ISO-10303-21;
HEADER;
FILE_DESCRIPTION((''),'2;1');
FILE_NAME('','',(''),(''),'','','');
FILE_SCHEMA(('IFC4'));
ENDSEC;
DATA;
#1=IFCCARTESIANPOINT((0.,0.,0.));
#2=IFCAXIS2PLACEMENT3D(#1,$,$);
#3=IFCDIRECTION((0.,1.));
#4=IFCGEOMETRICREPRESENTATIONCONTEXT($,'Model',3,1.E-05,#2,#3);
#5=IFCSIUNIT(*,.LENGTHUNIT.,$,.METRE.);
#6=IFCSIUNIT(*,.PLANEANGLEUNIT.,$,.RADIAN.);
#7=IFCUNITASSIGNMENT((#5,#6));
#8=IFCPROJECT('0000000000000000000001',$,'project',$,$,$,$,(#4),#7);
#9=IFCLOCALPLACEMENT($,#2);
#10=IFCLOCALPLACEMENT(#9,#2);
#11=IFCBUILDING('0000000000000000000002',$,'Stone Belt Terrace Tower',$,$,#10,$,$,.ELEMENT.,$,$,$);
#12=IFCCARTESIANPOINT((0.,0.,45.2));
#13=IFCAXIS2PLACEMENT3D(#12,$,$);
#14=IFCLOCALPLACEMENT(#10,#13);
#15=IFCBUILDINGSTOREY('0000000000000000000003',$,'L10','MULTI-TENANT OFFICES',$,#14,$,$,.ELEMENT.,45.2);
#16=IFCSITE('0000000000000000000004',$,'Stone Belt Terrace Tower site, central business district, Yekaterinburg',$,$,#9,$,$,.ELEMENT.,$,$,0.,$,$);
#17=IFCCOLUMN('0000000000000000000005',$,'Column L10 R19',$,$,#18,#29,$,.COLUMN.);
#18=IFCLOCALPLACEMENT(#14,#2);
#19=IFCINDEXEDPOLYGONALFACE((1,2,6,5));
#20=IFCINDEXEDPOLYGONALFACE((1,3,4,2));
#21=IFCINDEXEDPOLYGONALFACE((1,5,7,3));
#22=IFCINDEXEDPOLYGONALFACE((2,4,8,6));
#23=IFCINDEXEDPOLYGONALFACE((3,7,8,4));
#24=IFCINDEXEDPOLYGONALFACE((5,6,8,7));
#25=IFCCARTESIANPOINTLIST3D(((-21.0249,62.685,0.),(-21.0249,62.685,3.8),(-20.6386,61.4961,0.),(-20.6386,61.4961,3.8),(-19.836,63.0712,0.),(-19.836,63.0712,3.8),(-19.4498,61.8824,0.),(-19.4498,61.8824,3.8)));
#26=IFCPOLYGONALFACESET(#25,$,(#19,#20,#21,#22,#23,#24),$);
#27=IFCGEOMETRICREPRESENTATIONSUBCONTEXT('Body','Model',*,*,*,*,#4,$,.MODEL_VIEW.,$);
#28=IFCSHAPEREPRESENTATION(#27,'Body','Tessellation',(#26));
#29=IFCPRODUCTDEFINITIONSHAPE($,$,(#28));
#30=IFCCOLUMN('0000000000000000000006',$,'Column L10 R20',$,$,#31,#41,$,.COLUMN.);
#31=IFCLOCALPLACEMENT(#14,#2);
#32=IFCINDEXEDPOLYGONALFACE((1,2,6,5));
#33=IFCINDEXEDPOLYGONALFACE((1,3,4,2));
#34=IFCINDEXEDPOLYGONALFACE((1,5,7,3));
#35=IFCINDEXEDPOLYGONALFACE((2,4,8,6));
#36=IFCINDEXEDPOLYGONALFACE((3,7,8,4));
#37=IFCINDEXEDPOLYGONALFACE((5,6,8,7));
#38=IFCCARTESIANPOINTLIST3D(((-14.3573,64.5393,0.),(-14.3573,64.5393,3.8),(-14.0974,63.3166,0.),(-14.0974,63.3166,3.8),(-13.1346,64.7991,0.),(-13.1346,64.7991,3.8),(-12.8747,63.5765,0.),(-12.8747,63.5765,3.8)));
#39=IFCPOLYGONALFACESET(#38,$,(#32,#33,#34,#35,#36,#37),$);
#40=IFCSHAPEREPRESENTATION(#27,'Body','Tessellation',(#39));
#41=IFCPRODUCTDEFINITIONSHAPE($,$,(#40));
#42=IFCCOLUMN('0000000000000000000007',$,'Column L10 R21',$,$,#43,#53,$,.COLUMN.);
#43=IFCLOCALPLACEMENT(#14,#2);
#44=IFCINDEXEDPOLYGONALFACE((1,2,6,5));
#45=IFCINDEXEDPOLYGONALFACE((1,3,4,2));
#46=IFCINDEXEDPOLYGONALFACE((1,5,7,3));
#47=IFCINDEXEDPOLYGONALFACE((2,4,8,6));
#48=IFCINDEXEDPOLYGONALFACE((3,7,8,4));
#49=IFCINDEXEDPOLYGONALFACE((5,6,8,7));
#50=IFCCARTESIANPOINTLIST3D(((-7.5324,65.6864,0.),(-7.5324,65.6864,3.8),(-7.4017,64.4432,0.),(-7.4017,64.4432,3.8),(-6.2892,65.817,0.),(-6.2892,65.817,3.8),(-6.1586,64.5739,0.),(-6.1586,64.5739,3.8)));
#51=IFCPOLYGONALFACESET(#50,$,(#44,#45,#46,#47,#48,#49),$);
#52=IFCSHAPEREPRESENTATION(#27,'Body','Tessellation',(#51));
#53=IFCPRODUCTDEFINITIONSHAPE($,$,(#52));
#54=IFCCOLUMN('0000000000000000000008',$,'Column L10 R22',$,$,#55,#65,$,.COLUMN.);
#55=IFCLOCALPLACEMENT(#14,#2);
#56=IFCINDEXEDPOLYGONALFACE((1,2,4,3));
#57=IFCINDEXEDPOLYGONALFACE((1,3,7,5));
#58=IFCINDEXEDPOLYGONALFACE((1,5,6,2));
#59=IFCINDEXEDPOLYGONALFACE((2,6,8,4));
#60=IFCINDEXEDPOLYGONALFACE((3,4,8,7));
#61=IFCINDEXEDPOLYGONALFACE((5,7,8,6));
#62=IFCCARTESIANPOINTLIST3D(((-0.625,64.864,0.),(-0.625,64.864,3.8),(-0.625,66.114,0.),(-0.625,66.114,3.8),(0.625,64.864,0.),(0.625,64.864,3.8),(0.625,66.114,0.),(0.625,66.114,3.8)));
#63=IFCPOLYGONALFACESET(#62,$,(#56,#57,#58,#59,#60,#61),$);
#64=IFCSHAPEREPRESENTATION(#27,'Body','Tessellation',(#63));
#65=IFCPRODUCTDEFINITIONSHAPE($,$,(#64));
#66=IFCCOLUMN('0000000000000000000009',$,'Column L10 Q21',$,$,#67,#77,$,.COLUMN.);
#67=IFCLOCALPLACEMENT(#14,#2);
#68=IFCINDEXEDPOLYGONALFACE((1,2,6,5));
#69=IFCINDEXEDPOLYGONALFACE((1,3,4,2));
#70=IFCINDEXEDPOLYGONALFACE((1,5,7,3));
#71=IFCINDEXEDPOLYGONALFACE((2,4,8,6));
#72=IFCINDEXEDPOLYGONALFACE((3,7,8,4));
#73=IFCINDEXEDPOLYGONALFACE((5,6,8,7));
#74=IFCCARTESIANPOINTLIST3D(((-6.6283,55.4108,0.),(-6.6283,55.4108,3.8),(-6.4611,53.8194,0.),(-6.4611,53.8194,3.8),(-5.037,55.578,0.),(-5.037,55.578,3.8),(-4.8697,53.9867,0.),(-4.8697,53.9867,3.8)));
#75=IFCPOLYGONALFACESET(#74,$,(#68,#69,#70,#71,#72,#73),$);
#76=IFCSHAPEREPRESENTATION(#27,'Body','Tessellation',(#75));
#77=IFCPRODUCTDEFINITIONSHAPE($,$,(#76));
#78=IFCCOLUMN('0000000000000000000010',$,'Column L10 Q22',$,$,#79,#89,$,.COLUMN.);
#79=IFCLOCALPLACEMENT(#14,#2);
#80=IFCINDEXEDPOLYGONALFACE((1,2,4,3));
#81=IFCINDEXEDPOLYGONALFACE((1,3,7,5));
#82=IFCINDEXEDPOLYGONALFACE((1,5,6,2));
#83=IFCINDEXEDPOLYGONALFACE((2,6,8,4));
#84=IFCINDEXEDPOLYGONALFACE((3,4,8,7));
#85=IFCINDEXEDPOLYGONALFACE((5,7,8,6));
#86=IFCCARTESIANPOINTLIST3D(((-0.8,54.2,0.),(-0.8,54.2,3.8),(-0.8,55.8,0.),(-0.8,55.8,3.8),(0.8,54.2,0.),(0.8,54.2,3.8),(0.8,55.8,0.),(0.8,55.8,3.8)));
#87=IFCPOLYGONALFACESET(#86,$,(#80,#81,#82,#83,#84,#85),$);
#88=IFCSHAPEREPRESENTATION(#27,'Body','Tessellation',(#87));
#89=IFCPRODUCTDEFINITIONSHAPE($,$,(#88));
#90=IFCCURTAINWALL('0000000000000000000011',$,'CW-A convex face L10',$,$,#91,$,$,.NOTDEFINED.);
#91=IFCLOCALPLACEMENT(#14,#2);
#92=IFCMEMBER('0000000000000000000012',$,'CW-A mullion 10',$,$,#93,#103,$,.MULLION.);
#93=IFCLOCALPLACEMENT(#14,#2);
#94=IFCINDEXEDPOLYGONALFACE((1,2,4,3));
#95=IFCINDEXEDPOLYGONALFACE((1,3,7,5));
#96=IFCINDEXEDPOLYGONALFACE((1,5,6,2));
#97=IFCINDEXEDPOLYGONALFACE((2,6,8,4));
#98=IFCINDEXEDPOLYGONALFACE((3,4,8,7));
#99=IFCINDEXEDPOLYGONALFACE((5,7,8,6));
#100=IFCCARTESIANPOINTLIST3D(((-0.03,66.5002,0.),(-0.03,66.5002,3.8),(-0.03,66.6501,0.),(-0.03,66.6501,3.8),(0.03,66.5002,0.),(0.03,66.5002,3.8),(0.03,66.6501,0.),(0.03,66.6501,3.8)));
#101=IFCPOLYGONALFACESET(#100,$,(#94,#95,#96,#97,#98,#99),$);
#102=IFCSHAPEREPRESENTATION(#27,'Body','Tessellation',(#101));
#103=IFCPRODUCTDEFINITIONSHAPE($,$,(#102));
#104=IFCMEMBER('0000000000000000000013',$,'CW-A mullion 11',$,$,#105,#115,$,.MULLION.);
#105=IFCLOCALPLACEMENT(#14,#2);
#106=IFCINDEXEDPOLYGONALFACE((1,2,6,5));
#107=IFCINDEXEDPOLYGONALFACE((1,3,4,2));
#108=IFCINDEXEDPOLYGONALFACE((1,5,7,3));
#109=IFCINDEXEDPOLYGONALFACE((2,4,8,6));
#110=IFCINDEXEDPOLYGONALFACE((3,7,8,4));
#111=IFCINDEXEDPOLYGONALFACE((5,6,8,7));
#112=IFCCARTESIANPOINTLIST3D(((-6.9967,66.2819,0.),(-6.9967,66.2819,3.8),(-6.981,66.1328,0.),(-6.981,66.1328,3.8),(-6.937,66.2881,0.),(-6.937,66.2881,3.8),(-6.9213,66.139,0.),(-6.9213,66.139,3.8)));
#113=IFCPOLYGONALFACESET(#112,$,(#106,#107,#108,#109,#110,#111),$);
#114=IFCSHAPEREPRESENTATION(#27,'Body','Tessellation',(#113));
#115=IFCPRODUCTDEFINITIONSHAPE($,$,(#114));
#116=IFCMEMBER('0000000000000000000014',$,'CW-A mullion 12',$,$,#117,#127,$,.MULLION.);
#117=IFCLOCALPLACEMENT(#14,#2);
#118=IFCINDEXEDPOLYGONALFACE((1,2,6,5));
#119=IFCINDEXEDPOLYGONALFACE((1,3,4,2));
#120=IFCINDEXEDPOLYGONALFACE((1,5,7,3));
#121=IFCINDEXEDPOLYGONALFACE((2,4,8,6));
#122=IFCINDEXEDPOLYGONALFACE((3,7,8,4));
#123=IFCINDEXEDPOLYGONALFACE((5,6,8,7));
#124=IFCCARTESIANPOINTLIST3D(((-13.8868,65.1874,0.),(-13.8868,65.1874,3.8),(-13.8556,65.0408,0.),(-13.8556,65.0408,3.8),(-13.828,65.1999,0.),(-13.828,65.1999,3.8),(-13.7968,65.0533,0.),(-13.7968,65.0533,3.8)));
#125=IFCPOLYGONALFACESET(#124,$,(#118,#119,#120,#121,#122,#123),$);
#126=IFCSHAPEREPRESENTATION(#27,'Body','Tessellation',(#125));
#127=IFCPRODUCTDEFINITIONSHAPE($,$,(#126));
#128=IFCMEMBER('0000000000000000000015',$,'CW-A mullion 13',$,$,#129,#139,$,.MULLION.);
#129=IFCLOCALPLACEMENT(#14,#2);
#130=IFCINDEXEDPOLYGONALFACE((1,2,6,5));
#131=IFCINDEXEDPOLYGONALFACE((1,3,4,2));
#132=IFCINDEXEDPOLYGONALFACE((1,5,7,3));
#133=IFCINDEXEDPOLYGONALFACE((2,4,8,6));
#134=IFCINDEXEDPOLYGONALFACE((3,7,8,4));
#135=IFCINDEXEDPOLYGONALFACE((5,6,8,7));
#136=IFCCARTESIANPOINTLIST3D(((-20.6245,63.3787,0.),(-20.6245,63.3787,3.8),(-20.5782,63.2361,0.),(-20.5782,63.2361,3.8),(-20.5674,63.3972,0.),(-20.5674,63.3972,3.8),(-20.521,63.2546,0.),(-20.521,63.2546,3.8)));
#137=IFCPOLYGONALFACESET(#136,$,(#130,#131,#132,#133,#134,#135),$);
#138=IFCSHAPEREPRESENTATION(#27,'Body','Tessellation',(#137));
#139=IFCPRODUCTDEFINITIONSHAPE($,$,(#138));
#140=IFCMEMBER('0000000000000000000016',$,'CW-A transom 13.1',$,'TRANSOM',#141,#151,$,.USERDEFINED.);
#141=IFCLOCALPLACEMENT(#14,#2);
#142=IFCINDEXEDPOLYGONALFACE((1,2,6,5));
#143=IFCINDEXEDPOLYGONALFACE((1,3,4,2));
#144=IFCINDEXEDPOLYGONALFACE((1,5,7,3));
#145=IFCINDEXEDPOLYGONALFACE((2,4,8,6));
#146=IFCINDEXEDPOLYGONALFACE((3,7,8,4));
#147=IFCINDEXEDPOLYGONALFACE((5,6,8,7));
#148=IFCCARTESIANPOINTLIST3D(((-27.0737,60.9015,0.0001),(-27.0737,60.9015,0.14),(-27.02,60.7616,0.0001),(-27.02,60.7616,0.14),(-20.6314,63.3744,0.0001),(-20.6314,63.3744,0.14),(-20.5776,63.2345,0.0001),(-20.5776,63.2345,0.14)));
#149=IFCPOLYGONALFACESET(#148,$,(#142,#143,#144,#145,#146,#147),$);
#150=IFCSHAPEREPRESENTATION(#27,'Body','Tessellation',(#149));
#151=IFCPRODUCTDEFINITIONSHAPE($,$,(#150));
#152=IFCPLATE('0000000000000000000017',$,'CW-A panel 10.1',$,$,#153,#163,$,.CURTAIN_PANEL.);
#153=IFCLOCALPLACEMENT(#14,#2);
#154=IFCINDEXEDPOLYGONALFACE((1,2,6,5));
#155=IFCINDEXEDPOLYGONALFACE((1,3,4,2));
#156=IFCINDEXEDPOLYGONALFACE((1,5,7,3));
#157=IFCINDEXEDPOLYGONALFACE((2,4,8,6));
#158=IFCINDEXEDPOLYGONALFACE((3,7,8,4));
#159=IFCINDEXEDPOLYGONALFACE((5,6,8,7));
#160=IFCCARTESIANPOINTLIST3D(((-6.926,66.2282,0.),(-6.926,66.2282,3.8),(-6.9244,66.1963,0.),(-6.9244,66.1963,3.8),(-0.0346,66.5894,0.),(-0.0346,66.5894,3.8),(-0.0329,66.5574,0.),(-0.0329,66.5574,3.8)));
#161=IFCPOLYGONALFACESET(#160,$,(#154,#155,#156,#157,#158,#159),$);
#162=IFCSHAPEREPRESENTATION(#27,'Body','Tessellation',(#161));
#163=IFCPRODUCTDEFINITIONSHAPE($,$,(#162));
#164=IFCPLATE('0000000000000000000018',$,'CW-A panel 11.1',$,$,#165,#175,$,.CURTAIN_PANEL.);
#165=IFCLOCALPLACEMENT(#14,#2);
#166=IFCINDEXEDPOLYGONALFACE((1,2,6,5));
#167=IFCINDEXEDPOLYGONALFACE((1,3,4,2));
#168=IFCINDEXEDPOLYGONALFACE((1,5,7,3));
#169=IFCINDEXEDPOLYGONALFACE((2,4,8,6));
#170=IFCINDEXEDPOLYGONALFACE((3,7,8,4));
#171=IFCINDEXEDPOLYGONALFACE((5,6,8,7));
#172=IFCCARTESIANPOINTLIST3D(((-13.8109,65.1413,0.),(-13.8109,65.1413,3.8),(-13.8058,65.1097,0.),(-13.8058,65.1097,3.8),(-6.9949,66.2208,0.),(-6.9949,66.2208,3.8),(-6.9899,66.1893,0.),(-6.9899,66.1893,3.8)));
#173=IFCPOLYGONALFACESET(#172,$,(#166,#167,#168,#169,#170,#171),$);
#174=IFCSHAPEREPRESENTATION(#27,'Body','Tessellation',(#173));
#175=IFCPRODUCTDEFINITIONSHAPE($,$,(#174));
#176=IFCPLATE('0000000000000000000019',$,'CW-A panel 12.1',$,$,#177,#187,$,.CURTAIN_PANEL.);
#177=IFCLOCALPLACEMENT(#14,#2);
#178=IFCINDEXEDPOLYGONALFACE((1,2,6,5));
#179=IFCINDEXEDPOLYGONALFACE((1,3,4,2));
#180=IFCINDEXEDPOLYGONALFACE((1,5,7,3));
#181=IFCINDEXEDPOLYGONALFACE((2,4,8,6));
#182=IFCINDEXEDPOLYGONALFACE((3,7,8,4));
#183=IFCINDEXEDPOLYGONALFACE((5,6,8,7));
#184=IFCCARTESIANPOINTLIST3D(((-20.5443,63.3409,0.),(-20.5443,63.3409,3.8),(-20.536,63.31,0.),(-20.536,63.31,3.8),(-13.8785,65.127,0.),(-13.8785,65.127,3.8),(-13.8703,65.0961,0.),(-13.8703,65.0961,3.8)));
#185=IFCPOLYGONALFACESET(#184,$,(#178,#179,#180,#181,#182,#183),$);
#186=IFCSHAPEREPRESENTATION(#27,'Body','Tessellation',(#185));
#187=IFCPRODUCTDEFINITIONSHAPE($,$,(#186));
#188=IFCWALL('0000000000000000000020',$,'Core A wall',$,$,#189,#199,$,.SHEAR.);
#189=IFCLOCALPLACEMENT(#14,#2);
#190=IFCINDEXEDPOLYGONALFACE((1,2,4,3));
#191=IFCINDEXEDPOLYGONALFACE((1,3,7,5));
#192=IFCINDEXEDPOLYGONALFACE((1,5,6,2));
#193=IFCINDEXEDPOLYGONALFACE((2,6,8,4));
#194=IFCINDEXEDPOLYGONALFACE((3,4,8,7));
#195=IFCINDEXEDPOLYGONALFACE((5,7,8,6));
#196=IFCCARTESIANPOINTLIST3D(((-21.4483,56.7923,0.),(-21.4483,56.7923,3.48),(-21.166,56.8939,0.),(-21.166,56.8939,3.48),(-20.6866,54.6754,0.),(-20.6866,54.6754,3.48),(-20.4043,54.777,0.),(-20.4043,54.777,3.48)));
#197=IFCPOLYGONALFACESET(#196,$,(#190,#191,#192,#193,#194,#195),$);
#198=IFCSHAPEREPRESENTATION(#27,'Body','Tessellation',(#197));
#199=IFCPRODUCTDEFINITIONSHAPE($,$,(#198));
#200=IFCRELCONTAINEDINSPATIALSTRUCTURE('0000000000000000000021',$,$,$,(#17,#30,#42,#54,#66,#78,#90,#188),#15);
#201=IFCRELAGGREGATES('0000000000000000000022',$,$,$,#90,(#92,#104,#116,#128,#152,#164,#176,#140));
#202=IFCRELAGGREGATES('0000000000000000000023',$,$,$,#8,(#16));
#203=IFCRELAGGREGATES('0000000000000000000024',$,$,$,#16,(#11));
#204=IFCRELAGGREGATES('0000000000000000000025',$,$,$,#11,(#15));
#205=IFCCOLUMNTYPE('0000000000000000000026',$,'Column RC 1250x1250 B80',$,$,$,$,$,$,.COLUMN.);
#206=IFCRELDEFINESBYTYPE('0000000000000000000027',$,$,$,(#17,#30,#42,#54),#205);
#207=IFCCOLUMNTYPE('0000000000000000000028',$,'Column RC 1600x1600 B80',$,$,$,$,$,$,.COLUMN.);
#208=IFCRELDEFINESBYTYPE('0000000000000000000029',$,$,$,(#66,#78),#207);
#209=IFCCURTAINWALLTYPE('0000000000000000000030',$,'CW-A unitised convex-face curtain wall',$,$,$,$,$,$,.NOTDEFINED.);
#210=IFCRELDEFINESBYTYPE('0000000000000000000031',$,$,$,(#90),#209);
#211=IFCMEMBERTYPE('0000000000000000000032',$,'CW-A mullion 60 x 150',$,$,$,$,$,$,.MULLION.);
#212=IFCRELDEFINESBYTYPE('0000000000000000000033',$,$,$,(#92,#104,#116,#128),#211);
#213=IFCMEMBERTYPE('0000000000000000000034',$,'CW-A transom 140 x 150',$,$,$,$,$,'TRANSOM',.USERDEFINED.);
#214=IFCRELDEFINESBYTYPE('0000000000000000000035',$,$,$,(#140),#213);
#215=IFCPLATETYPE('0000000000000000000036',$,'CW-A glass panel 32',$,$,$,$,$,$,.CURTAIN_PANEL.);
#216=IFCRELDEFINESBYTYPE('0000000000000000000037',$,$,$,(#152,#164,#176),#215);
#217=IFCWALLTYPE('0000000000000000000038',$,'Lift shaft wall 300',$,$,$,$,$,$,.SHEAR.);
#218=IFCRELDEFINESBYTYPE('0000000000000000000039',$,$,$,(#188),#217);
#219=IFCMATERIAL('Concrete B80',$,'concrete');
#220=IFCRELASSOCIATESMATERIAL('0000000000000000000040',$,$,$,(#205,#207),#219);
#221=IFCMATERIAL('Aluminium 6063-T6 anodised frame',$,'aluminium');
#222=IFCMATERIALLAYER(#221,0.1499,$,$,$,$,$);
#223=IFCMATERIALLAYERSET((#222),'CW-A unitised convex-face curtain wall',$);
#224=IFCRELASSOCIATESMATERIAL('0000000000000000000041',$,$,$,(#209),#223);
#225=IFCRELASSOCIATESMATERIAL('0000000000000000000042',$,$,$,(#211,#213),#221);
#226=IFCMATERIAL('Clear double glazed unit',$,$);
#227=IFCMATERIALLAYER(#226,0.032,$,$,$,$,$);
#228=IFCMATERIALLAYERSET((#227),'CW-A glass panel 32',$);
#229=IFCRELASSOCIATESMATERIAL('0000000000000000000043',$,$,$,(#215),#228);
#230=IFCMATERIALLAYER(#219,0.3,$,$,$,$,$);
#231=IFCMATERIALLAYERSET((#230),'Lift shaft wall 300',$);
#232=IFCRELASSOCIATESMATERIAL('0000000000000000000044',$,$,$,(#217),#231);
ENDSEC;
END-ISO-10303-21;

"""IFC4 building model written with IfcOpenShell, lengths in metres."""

from ifc_helpers import new_model, si_unit, direction, frame, frame_2d, origin, origin_2d, place, context, subcontext, project, spatial, rectangle, extrude, material, layer, layer_set, material_profile, profile_set, type_object, element, aggregate, save


model = new_model("IFC4")

# Units and contexts
model_context = context("Model", 3, precision=1e-05, world=origin(), true_north=direction((0.0, 1.0)))
body_context = subcontext(model_context, "Body", "Model", "MODEL_VIEW")
ifc_project = project(units=[si_unit("LENGTHUNIT", "METRE"), si_unit("PLANEANGLEUNIT", "RADIAN")], contexts=[model_context])

# Site, building, storey
site_placement = place(None, origin())
site = spatial("IfcSite", under=ifc_project, at=site_placement, Name="Stone Belt Terrace Tower site, central business district, Yekaterinburg", CompositionType="ELEMENT", RefElevation=0.0)
building_placement = place(site_placement, origin())
building = spatial("IfcBuilding", under=site, at=building_placement, Name="Stone Belt Terrace Tower", CompositionType="ELEMENT")
storey_placement = place(building_placement, frame((0.0, 0.0, 45.2)))
storey = spatial("IfcBuildingStorey", under=building, at=storey_placement, Name="L10", Description="MULTI-TENANT OFFICES", CompositionType="ELEMENT", Elevation=45.2)

# Columns
ifc_material_1 = material(Name="Concrete B80", Category="concrete")
ifc_material_profile_1 = material_profile(ifc_material_1, rectangle(XDim=1.25, YDim=1.25, at=origin_2d()), Name="RC 1250x1250")
ifc_profile_set_1 = profile_set([ifc_material_profile_1], Name="Concrete B80")
column_type_1 = type_object("IfcColumnType", Name="Column RC 1250x1250 B80", PredefinedType="COLUMN", material=ifc_profile_set_1)
for number, where, z_axis, x_axis, name in (
    (1, (-20.2373, 62.2837, 0.0), (0.0, 0.0, 1.0), (0.951057, 0.309017, 0.0), "Column L10 R19"),
    (2, (-13.616, 64.0579, 0.0), (0.0, 0.0, 1.0), (0.978148, 0.207912, 0.0), "Column L10 R20"),
    (3, (-6.8455, 65.1301, 0.0), (0.0, 0.0, 1.0), (0.994522, 0.104528, 0.0), "Column L10 R21"),
    (4, (0.0, 65.489, 0.0), (0.0, 0.0, 1.0), (1.0, 0.0, 0.0), "Column L10 R22"),
):
    element("IfcColumn", number, at=place(storey_placement, frame(where, z_axis=z_axis, x_axis=x_axis)), inside=storey, type_object=column_type_1, Name=name, PredefinedType="COLUMN", context=body_context, shape_type="SweptSolid", body=[
        extrude(rectangle(XDim=1.25, YDim=1.25, at=origin_2d()), origin(), (0.0, 0.0, 1.0), 3.8),
    ])
ifc_material_profile_2 = material_profile(ifc_material_1, rectangle(XDim=1.6001, YDim=1.6001, at=origin_2d()), Name="RC 1600x1600")
ifc_profile_set_2 = profile_set([ifc_material_profile_2], Name="Concrete B80")
column_type_2 = type_object("IfcColumnType", Name="Column RC 1600x1600 B80", PredefinedType="COLUMN", material=ifc_profile_set_2)
for number, where, z_axis, x_axis, name in (
    (5, (-5.749, 54.6987, 0.0), (0.0, 0.0, 1.0), (0.994522, 0.104528, 0.0), "Column L10 Q21"),
    (6, (0.0, 55.0, 0.0), (0.0, 0.0, 1.0), (1.0, 0.0, 0.0), "Column L10 Q22"),
):
    element("IfcColumn", number, at=place(storey_placement, frame(where, z_axis=z_axis, x_axis=x_axis)), inside=storey, type_object=column_type_2, Name=name, PredefinedType="COLUMN", context=body_context, shape_type="SweptSolid", body=[
        extrude(rectangle(XDim=1.6001, YDim=1.6001, at=origin_2d()), origin(), (0.0, 0.0, 1.0), 3.8),
    ])

# Curtain wall, members, plates
ifc_material_2 = material(Name="Aluminium 6063-T6 anodised frame", Category="aluminium")
ifc_layer_1 = layer(ifc_material_2, 0.1499)
ifc_layer_set_1 = layer_set([ifc_layer_1], Name="CW-A unitised convex-face curtain wall")
curtain_wall_type = type_object("IfcCurtainWallType", Name="CW-A unitised convex-face curtain wall", PredefinedType="NOTDEFINED", material=ifc_layer_set_1)
curtain_wall_placement = place(storey_placement, origin())
curtain_wall = element("IfcCurtainWall", 7, at=curtain_wall_placement, inside=storey, type_object=curtain_wall_type, Name="CW-A convex face L10", PredefinedType="NOTDEFINED")
ifc_material_profile_3 = material_profile(ifc_material_2, rectangle(XDim=0.1499, YDim=0.0601, at=origin_2d()), Name="Aluminium 6063-T6 60x150")
ifc_profile_set_3 = profile_set([ifc_material_profile_3], Name="Aluminium 6063-T6 anodised frame")
member_type_1 = type_object("IfcMemberType", Name="CW-A mullion 60 x 150", PredefinedType="MULLION", material=ifc_profile_set_3)
member_1_placement = place(storey_placement, frame((0.0, 66.5752, 0.0), z_axis=(0.0, 0.0, 1.0), x_axis=(0.0, -1.0, 0.0)))
member_1 = element("IfcMember", 8, at=member_1_placement, type_object=member_type_1, Name="CW-A mullion 10", PredefinedType="MULLION", context=body_context, shape_type="SweptSolid", body=[
    extrude(rectangle(XDim=0.1499, YDim=0.0601, at=origin_2d()), origin(), (0.0, 0.0, 1.0), 3.8),
])
member_2_placement = place(storey_placement, frame((-6.959, 66.2104, 0.0), z_axis=(0.0, 0.0, 1.0), x_axis=(0.104528, -0.994522, 0.0)))
member_2 = element("IfcMember", 9, at=member_2_placement, type_object=member_type_1, Name="CW-A mullion 11", PredefinedType="MULLION", context=body_context, shape_type="SweptSolid", body=[
    extrude(rectangle(XDim=0.1499, YDim=0.0601, at=origin_2d()), origin(), (0.0, 0.0, 1.0), 3.8),
])
member_3_placement = place(storey_placement, frame((-13.8418, 65.1204, 0.0), z_axis=(0.0, 0.0, 1.0), x_axis=(0.207912, -0.978148, 0.0)))
member_3 = element("IfcMember", 10, at=member_3_placement, type_object=member_type_1, Name="CW-A mullion 12", PredefinedType="MULLION", context=body_context, shape_type="SweptSolid", body=[
    extrude(rectangle(XDim=0.1499, YDim=0.0601, at=origin_2d()), origin(), (0.0, 0.0, 1.0), 3.8),
])
member_4_placement = place(storey_placement, frame((-20.5728, 63.3167, 0.0), z_axis=(0.0, 0.0, 1.0), x_axis=(0.309017, -0.951057, 0.0)))
member_4 = element("IfcMember", 11, at=member_4_placement, type_object=member_type_1, Name="CW-A mullion 13", PredefinedType="MULLION", context=body_context, shape_type="SweptSolid", body=[
    extrude(rectangle(XDim=0.1499, YDim=0.0601, at=origin_2d()), origin(), (0.0, 0.0, 1.0), 3.8),
])
ifc_material_profile_4 = material_profile(ifc_material_2, rectangle(XDim=0.1499, YDim=0.1399, at=origin_2d()), Name="Aluminium 6063-T6 150x140")
ifc_profile_set_4 = profile_set([ifc_material_profile_4], Name="Aluminium 6063-T6 anodised frame")
member_type_2 = type_object("IfcMemberType", Name="CW-A transom 140 x 150", ElementType="TRANSOM", PredefinedType="USERDEFINED", material=ifc_profile_set_4)
member_5_placement = place(storey_placement, frame((-20.6045, 63.3044, 0.0701), z_axis=(-0.933585, -0.358355, 0.0), x_axis=(0.358355, -0.933585, 0.0)))
member_5 = element("IfcMember", 12, at=member_5_placement, type_object=member_type_2, Name="CW-A transom 13.1", ObjectType="TRANSOM", PredefinedType="USERDEFINED", context=body_context, shape_type="SweptSolid", body=[
    extrude(rectangle(XDim=0.1499, YDim=0.1399, at=origin_2d()), origin(), (0.0, 0.0, 1.0), 6.9006),
])
ifc_material_3 = material(Name="Clear double glazed unit")
ifc_layer_2 = layer(ifc_material_3, 0.032)
ifc_layer_set_2 = layer_set([ifc_layer_2], Name="CW-A glass panel 32")
plate_type = type_object("IfcPlateType", Name="CW-A glass panel 32", PredefinedType="CURTAIN_PANEL", material=ifc_layer_set_2)
plate_1_placement = place(storey_placement, frame((-3.4795, 66.3928, 0.0), z_axis=(0.0, 0.0, 1.0), x_axis=(-0.99863, -0.052336, 0.0)))
plate_1 = element("IfcPlate", 13, at=plate_1_placement, type_object=plate_type, Name="CW-A panel 10.1", PredefinedType="CURTAIN_PANEL", context=body_context, shape_type="SweptSolid", body=[
    extrude(rectangle(XDim=6.9009, YDim=0.032, at=origin_2d()), origin(), (0.0, 0.0, 1.0), 3.8),
])
plate_2_placement = place(storey_placement, frame((-10.4004, 65.6653, 0.0), z_axis=(0.0, 0.0, 1.0), x_axis=(-0.987688, -0.156434, 0.0)))
plate_2 = element("IfcPlate", 14, at=plate_2_placement, type_object=plate_type, Name="CW-A panel 11.1", PredefinedType="CURTAIN_PANEL", context=body_context, shape_type="SweptSolid", body=[
    extrude(rectangle(XDim=6.9009, YDim=0.032, at=origin_2d()), origin(), (0.0, 0.0, 1.0), 3.8),
])
plate_3_placement = place(storey_placement, frame((-17.2073, 64.2185, 0.0), z_axis=(0.0, 0.0, 1.0), x_axis=(-0.965926, -0.258819, 0.0)))
plate_3 = element("IfcPlate", 15, at=plate_3_placement, type_object=plate_type, Name="CW-A panel 12.1", PredefinedType="CURTAIN_PANEL", context=body_context, shape_type="SweptSolid", body=[
    extrude(rectangle(XDim=6.9009, YDim=0.032, at=origin_2d()), origin(), (0.0, 0.0, 1.0), 3.8),
])
aggregate(curtain_wall, [member_1, member_2, member_3, member_4, plate_1, plate_2, plate_3, member_5])

# Wall
ifc_layer_3 = layer(ifc_material_1, 0.3)
ifc_layer_set_3 = layer_set([ifc_layer_3], Name="Lift shaft wall 300")
wall_type_1 = type_object("IfcWallType", Name="Lift shaft wall 300", PredefinedType="SHEAR", material=ifc_layer_set_3)
wall_1_placement = place(storey_placement, frame((-20.5454, 54.7261, 0.0), z_axis=(0.0, 0.0, 1.0), x_axis=(-0.33857, 0.940941, 0.0)))
element("IfcWall", 16, at=wall_1_placement, inside=storey, type_object=wall_type_1, Name="Core A wall", PredefinedType="SHEAR", context=body_context, shape_type="SweptSolid", body=[
    extrude(rectangle(XDim=2.2498, YDim=0.3, at=frame_2d((1.125, 0.0))), origin(), (0.0, 0.0, 1.0), 3.48),
])

save(model, "model.ifc")
